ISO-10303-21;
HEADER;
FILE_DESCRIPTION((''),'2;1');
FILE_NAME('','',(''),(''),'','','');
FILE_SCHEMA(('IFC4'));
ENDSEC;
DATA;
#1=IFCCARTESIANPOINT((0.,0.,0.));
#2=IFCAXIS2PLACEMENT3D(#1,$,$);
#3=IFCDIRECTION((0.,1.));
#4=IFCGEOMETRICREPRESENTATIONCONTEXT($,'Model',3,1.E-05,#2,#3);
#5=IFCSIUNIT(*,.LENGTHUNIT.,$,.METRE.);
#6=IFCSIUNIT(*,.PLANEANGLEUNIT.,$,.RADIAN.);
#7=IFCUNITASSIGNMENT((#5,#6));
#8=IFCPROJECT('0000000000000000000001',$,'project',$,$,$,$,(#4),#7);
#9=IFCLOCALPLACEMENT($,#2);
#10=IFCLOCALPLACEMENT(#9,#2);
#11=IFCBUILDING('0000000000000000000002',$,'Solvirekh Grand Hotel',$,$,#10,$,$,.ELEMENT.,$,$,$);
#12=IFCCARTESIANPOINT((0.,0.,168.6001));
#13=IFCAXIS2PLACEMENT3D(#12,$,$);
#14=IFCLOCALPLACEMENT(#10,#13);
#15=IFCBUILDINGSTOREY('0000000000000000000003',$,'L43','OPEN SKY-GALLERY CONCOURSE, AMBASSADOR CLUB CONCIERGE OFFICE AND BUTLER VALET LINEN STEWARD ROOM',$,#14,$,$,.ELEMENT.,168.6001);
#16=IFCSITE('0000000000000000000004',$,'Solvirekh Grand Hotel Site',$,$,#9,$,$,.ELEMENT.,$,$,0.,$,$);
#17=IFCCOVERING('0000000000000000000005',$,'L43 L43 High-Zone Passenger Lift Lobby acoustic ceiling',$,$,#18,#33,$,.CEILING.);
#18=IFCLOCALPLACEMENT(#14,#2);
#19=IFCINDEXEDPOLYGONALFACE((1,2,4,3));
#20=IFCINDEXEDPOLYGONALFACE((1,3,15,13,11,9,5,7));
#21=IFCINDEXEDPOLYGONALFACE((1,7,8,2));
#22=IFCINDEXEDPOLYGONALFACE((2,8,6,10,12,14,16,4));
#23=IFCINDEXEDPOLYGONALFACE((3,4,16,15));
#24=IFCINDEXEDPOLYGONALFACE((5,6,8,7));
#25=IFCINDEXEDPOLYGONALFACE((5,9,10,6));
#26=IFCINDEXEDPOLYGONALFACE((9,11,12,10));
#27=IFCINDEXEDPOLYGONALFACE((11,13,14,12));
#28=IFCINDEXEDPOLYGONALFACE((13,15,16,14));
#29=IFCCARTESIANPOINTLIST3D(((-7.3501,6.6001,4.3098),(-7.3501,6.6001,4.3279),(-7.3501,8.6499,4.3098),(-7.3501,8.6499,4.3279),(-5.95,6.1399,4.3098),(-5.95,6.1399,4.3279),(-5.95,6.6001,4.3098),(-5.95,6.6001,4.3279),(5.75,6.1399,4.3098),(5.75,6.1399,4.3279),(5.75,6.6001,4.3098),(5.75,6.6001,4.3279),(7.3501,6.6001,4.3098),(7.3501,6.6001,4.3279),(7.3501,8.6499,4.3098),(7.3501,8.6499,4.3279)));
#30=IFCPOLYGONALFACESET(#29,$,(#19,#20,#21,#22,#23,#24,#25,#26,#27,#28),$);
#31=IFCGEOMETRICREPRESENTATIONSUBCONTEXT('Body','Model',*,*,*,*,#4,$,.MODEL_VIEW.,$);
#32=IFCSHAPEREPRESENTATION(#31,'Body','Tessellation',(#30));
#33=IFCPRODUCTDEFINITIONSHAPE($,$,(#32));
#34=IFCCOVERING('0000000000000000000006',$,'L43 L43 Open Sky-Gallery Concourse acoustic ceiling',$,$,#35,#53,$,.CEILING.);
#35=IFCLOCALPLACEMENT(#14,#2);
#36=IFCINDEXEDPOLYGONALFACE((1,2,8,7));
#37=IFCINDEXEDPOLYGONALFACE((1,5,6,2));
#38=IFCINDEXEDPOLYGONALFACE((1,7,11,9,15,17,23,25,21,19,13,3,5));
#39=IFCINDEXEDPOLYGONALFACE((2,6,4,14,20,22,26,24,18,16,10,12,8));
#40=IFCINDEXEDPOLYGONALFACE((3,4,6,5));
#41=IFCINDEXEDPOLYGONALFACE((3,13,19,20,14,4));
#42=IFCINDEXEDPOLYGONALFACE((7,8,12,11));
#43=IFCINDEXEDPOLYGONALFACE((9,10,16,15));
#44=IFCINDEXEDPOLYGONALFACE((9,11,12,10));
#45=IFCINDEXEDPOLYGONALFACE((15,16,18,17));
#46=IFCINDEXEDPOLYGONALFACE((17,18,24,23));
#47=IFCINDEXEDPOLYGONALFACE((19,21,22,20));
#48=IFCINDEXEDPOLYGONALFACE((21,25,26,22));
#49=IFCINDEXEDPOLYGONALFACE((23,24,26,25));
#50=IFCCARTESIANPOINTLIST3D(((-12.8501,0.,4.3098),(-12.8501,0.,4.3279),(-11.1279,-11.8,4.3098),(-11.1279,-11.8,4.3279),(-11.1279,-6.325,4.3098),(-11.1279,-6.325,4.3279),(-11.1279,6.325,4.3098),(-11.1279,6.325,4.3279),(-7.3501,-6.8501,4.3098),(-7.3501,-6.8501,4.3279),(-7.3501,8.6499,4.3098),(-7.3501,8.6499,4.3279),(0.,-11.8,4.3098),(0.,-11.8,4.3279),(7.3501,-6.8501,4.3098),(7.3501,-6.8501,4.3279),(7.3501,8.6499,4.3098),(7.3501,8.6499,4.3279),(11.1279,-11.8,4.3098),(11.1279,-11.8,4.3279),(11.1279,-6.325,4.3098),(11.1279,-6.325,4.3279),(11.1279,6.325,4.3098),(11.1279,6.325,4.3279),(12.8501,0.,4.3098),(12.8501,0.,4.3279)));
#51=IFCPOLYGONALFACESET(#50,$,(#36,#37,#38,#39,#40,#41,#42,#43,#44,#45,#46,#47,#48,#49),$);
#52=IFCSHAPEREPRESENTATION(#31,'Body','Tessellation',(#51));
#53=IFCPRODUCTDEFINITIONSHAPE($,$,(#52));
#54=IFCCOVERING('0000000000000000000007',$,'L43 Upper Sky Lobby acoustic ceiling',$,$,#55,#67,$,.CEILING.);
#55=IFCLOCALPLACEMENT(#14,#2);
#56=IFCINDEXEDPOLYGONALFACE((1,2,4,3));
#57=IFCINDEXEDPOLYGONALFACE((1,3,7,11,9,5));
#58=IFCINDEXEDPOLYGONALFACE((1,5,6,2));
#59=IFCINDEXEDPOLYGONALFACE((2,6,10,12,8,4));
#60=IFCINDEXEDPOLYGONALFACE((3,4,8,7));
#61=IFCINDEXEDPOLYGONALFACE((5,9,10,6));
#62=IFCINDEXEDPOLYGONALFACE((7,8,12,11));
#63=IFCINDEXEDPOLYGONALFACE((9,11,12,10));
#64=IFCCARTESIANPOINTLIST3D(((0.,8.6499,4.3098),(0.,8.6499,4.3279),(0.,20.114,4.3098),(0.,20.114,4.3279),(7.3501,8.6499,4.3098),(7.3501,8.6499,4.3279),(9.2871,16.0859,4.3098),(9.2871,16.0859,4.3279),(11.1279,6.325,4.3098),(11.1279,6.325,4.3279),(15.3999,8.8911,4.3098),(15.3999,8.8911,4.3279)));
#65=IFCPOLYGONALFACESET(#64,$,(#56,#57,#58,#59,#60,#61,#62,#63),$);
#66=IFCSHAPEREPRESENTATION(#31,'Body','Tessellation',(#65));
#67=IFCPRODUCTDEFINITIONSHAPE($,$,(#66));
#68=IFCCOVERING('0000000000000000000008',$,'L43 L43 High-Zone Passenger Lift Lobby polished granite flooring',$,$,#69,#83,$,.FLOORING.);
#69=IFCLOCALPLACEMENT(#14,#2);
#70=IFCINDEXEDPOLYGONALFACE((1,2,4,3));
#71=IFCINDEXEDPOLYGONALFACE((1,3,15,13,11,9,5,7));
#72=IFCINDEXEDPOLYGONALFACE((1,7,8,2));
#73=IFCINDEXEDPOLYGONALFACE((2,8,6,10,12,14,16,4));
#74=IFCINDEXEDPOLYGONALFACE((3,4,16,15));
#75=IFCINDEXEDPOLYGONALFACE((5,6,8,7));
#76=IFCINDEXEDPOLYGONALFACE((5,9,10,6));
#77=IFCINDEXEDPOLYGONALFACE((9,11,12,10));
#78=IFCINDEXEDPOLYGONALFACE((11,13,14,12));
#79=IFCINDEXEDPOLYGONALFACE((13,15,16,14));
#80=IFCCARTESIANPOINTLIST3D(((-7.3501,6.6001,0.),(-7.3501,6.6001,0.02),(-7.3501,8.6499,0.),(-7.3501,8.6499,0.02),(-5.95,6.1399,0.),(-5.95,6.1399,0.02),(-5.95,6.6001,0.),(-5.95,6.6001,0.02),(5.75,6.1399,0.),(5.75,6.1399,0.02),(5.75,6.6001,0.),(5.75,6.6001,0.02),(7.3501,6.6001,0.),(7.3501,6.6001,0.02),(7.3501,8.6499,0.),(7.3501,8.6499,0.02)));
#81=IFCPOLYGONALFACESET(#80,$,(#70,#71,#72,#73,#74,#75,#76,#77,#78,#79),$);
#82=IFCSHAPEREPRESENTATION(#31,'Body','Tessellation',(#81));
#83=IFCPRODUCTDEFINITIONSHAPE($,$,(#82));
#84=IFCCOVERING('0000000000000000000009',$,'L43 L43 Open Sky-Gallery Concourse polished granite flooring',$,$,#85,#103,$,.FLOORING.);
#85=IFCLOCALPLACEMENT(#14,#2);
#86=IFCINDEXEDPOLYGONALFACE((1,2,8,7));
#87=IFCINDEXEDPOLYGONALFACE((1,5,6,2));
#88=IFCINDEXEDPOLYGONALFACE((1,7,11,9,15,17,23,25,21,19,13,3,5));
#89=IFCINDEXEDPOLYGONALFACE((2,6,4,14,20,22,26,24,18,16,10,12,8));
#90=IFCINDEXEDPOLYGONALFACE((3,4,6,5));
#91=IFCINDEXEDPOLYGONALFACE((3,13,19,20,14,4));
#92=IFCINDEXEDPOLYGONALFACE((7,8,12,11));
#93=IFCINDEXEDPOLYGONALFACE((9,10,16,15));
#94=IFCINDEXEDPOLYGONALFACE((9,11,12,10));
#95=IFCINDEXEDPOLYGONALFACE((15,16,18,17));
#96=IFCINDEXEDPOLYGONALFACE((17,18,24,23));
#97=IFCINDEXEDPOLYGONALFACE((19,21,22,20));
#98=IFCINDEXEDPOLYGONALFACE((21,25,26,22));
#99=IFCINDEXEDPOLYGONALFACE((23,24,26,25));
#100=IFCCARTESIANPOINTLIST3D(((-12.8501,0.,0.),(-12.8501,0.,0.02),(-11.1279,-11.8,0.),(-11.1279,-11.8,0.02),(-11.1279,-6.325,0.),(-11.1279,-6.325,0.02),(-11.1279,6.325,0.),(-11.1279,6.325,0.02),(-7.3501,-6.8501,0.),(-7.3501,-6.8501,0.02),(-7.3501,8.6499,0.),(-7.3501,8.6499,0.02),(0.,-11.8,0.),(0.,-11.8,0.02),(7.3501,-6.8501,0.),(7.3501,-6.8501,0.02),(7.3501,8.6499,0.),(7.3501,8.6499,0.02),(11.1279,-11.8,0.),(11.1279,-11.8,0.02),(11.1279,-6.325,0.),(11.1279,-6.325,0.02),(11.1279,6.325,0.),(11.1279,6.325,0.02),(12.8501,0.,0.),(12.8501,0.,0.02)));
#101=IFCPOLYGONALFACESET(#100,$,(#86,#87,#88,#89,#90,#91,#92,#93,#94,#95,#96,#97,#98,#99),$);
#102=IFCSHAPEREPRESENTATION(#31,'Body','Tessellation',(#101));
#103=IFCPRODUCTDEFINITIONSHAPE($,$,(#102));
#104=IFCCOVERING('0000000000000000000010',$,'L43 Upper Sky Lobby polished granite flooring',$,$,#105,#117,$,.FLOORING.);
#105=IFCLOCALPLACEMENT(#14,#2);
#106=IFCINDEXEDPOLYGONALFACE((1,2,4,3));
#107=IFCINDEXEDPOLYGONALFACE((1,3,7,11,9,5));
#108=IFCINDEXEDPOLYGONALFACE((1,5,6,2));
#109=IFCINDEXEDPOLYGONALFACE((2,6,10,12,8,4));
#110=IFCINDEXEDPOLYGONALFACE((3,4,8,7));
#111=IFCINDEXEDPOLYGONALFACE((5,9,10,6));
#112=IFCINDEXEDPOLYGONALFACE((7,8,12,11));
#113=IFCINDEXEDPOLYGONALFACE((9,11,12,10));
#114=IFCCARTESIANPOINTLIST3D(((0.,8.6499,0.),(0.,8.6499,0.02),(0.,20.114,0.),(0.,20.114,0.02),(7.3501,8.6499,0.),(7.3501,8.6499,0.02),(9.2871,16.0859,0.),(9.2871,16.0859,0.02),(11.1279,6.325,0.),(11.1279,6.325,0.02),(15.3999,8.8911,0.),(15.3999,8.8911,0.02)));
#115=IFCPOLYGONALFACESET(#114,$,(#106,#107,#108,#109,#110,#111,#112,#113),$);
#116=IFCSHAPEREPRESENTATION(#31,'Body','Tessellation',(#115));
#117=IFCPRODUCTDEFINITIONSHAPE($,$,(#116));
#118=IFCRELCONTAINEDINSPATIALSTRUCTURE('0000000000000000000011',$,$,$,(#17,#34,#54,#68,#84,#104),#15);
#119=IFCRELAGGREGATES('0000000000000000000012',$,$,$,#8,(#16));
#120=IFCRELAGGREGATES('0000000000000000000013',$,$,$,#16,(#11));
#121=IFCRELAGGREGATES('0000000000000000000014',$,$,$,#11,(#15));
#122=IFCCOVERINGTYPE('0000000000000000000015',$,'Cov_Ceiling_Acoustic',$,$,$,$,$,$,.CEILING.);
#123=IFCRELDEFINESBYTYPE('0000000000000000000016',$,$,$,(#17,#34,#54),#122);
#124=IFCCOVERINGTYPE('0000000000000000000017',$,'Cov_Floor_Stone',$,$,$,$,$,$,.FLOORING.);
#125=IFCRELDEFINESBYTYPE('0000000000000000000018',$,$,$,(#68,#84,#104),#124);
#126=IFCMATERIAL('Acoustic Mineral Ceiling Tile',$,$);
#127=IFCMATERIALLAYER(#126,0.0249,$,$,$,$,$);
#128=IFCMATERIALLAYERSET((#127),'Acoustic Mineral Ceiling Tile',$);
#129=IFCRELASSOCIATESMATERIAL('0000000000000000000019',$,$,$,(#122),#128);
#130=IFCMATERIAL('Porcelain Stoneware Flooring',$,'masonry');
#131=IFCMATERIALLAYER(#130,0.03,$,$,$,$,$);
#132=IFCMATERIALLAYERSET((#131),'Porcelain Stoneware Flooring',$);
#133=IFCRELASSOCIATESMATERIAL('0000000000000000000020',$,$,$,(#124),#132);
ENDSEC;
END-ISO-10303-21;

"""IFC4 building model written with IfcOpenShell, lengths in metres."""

from ifc_helpers import new_model, si_unit, direction, frame, origin, place, context, subcontext, project, spatial, polyline, outline, extrude, material, layer, layer_set, type_object, element, save


model = new_model("IFC4")

# Units and contexts
model_context = context("Model", 3, precision=1e-05, world=origin(), true_north=direction((0.0, 1.0)))
body_context = subcontext(model_context, "Body", "Model", "MODEL_VIEW")
ifc_project = project(units=[si_unit("LENGTHUNIT", "METRE"), si_unit("PLANEANGLEUNIT", "RADIAN")], contexts=[model_context])

# Site, building, storey
site_placement = place(None, origin())
site = spatial("IfcSite", under=ifc_project, at=site_placement, Name="Solvirekh Grand Hotel Site", CompositionType="ELEMENT", RefElevation=0.0)
building_placement = place(site_placement, origin())
building = spatial("IfcBuilding", under=site, at=building_placement, Name="Solvirekh Grand Hotel", CompositionType="ELEMENT")
storey_placement = place(building_placement, frame((0.0, 0.0, 168.6001)))
storey = spatial("IfcBuildingStorey", under=building, at=storey_placement, Name="L43", Description="OPEN SKY-GALLERY CONCOURSE, AMBASSADOR CLUB CONCIERGE OFFICE AND BUTLER VALET LINEN STEWARD ROOM", CompositionType="ELEMENT", Elevation=168.6001)

# Coverings
ifc_material_1 = material(Name="Acoustic Mineral Ceiling Tile")
ifc_layer_1 = layer(ifc_material_1, 0.0249)
ifc_layer_set_1 = layer_set([ifc_layer_1], Name="Acoustic Mineral Ceiling Tile")
covering_type_1 = type_object("IfcCoveringType", Name="Cov_Ceiling_Acoustic", PredefinedType="CEILING", material=ifc_layer_set_1)
covering_1_placement = place(storey_placement, frame((0.0, 0.0, 4.3098)))
element("IfcCovering", 1, at=covering_1_placement, inside=storey, type_object=covering_type_1, Name="L43 L43 High-Zone Passenger Lift Lobby acoustic ceiling", PredefinedType="CEILING", context=body_context, shape_type="SweptSolid", body=[
    extrude(outline(polyline([(-7.3501, 6.6001), (-5.95, 6.6001), (-5.95, 6.1399), (5.75, 6.1399), (5.75, 6.6001), (7.3501, 6.6001), (7.3501, 8.6499), (-7.3501, 8.6499), (-7.3501, 6.6001)])), origin(), (0.0, 0.0, 1.0), 0.0181),
])
covering_2_placement = place(storey_placement, frame((0.0, 0.0, 4.3098)))
element("IfcCovering", 2, at=covering_2_placement, inside=storey, type_object=covering_type_1, Name="L43 L43 Open Sky-Gallery Concourse acoustic ceiling", PredefinedType="CEILING", context=body_context, shape_type="SweptSolid", body=[
    extrude(outline(polyline([(-7.3501, -6.8501), (-7.3501, 8.6499), (-11.1279, 6.325), (-12.8501, 0.0), (-11.1279, -6.325), (-11.1279, -11.8), (0.0, -11.8), (11.1279, -11.8), (11.1279, -6.325), (12.8501, 0.0), (11.1279, 6.325), (7.3501, 8.6499), (7.3501, -6.8501), (-7.3501, -6.8501)])), origin(), (0.0, 0.0, 1.0), 0.0181),
])
covering_3_placement = place(storey_placement, frame((0.0, 0.0, 4.3098)))
element("IfcCovering", 3, at=covering_3_placement, inside=storey, type_object=covering_type_1, Name="L43 Upper Sky Lobby acoustic ceiling", PredefinedType="CEILING", context=body_context, shape_type="SweptSolid", body=[
    extrude(outline(polyline([(0.0, 8.6499), (7.3501, 8.6499), (11.1279, 6.325), (15.3999, 8.8911), (9.2871, 16.0859), (0.0, 20.114), (0.0, 8.6499)])), origin(), (0.0, 0.0, 1.0), 0.0181),
])
ifc_material_2 = material(Name="Porcelain Stoneware Flooring", Category="masonry")
ifc_layer_2 = layer(ifc_material_2, 0.03)
ifc_layer_set_2 = layer_set([ifc_layer_2], Name="Porcelain Stoneware Flooring")
covering_type_2 = type_object("IfcCoveringType", Name="Cov_Floor_Stone", PredefinedType="FLOORING", material=ifc_layer_set_2)
covering_4_placement = place(storey_placement, origin())
element("IfcCovering", 4, at=covering_4_placement, inside=storey, type_object=covering_type_2, Name="L43 L43 High-Zone Passenger Lift Lobby polished granite flooring", PredefinedType="FLOORING", context=body_context, shape_type="SweptSolid", body=[
    extrude(outline(polyline([(-7.3501, 6.6001), (-5.95, 6.6001), (-5.95, 6.1399), (5.75, 6.1399), (5.75, 6.6001), (7.3501, 6.6001), (7.3501, 8.6499), (-7.3501, 8.6499), (-7.3501, 6.6001)])), origin(), (0.0, 0.0, 1.0), 0.02),
])
covering_5_placement = place(storey_placement, origin())
element("IfcCovering", 5, at=covering_5_placement, inside=storey, type_object=covering_type_2, Name="L43 L43 Open Sky-Gallery Concourse polished granite flooring", PredefinedType="FLOORING", context=body_context, shape_type="SweptSolid", body=[
    extrude(outline(polyline([(-7.3501, -6.8501), (-7.3501, 8.6499), (-11.1279, 6.325), (-12.8501, 0.0), (-11.1279, -6.325), (-11.1279, -11.8), (0.0, -11.8), (11.1279, -11.8), (11.1279, -6.325), (12.8501, 0.0), (11.1279, 6.325), (7.3501, 8.6499), (7.3501, -6.8501), (-7.3501, -6.8501)])), origin(), (0.0, 0.0, 1.0), 0.02),
])
covering_6_placement = place(storey_placement, origin())
element("IfcCovering", 6, at=covering_6_placement, inside=storey, type_object=covering_type_2, Name="L43 Upper Sky Lobby polished granite flooring", PredefinedType="FLOORING", context=body_context, shape_type="SweptSolid", body=[
    extrude(outline(polyline([(0.0, 8.6499), (7.3501, 8.6499), (11.1279, 6.325), (15.3999, 8.8911), (9.2871, 16.0859), (0.0, 20.114), (0.0, 8.6499)])), origin(), (0.0, 0.0, 1.0), 0.02),
])

save(model, "model.ifc")
